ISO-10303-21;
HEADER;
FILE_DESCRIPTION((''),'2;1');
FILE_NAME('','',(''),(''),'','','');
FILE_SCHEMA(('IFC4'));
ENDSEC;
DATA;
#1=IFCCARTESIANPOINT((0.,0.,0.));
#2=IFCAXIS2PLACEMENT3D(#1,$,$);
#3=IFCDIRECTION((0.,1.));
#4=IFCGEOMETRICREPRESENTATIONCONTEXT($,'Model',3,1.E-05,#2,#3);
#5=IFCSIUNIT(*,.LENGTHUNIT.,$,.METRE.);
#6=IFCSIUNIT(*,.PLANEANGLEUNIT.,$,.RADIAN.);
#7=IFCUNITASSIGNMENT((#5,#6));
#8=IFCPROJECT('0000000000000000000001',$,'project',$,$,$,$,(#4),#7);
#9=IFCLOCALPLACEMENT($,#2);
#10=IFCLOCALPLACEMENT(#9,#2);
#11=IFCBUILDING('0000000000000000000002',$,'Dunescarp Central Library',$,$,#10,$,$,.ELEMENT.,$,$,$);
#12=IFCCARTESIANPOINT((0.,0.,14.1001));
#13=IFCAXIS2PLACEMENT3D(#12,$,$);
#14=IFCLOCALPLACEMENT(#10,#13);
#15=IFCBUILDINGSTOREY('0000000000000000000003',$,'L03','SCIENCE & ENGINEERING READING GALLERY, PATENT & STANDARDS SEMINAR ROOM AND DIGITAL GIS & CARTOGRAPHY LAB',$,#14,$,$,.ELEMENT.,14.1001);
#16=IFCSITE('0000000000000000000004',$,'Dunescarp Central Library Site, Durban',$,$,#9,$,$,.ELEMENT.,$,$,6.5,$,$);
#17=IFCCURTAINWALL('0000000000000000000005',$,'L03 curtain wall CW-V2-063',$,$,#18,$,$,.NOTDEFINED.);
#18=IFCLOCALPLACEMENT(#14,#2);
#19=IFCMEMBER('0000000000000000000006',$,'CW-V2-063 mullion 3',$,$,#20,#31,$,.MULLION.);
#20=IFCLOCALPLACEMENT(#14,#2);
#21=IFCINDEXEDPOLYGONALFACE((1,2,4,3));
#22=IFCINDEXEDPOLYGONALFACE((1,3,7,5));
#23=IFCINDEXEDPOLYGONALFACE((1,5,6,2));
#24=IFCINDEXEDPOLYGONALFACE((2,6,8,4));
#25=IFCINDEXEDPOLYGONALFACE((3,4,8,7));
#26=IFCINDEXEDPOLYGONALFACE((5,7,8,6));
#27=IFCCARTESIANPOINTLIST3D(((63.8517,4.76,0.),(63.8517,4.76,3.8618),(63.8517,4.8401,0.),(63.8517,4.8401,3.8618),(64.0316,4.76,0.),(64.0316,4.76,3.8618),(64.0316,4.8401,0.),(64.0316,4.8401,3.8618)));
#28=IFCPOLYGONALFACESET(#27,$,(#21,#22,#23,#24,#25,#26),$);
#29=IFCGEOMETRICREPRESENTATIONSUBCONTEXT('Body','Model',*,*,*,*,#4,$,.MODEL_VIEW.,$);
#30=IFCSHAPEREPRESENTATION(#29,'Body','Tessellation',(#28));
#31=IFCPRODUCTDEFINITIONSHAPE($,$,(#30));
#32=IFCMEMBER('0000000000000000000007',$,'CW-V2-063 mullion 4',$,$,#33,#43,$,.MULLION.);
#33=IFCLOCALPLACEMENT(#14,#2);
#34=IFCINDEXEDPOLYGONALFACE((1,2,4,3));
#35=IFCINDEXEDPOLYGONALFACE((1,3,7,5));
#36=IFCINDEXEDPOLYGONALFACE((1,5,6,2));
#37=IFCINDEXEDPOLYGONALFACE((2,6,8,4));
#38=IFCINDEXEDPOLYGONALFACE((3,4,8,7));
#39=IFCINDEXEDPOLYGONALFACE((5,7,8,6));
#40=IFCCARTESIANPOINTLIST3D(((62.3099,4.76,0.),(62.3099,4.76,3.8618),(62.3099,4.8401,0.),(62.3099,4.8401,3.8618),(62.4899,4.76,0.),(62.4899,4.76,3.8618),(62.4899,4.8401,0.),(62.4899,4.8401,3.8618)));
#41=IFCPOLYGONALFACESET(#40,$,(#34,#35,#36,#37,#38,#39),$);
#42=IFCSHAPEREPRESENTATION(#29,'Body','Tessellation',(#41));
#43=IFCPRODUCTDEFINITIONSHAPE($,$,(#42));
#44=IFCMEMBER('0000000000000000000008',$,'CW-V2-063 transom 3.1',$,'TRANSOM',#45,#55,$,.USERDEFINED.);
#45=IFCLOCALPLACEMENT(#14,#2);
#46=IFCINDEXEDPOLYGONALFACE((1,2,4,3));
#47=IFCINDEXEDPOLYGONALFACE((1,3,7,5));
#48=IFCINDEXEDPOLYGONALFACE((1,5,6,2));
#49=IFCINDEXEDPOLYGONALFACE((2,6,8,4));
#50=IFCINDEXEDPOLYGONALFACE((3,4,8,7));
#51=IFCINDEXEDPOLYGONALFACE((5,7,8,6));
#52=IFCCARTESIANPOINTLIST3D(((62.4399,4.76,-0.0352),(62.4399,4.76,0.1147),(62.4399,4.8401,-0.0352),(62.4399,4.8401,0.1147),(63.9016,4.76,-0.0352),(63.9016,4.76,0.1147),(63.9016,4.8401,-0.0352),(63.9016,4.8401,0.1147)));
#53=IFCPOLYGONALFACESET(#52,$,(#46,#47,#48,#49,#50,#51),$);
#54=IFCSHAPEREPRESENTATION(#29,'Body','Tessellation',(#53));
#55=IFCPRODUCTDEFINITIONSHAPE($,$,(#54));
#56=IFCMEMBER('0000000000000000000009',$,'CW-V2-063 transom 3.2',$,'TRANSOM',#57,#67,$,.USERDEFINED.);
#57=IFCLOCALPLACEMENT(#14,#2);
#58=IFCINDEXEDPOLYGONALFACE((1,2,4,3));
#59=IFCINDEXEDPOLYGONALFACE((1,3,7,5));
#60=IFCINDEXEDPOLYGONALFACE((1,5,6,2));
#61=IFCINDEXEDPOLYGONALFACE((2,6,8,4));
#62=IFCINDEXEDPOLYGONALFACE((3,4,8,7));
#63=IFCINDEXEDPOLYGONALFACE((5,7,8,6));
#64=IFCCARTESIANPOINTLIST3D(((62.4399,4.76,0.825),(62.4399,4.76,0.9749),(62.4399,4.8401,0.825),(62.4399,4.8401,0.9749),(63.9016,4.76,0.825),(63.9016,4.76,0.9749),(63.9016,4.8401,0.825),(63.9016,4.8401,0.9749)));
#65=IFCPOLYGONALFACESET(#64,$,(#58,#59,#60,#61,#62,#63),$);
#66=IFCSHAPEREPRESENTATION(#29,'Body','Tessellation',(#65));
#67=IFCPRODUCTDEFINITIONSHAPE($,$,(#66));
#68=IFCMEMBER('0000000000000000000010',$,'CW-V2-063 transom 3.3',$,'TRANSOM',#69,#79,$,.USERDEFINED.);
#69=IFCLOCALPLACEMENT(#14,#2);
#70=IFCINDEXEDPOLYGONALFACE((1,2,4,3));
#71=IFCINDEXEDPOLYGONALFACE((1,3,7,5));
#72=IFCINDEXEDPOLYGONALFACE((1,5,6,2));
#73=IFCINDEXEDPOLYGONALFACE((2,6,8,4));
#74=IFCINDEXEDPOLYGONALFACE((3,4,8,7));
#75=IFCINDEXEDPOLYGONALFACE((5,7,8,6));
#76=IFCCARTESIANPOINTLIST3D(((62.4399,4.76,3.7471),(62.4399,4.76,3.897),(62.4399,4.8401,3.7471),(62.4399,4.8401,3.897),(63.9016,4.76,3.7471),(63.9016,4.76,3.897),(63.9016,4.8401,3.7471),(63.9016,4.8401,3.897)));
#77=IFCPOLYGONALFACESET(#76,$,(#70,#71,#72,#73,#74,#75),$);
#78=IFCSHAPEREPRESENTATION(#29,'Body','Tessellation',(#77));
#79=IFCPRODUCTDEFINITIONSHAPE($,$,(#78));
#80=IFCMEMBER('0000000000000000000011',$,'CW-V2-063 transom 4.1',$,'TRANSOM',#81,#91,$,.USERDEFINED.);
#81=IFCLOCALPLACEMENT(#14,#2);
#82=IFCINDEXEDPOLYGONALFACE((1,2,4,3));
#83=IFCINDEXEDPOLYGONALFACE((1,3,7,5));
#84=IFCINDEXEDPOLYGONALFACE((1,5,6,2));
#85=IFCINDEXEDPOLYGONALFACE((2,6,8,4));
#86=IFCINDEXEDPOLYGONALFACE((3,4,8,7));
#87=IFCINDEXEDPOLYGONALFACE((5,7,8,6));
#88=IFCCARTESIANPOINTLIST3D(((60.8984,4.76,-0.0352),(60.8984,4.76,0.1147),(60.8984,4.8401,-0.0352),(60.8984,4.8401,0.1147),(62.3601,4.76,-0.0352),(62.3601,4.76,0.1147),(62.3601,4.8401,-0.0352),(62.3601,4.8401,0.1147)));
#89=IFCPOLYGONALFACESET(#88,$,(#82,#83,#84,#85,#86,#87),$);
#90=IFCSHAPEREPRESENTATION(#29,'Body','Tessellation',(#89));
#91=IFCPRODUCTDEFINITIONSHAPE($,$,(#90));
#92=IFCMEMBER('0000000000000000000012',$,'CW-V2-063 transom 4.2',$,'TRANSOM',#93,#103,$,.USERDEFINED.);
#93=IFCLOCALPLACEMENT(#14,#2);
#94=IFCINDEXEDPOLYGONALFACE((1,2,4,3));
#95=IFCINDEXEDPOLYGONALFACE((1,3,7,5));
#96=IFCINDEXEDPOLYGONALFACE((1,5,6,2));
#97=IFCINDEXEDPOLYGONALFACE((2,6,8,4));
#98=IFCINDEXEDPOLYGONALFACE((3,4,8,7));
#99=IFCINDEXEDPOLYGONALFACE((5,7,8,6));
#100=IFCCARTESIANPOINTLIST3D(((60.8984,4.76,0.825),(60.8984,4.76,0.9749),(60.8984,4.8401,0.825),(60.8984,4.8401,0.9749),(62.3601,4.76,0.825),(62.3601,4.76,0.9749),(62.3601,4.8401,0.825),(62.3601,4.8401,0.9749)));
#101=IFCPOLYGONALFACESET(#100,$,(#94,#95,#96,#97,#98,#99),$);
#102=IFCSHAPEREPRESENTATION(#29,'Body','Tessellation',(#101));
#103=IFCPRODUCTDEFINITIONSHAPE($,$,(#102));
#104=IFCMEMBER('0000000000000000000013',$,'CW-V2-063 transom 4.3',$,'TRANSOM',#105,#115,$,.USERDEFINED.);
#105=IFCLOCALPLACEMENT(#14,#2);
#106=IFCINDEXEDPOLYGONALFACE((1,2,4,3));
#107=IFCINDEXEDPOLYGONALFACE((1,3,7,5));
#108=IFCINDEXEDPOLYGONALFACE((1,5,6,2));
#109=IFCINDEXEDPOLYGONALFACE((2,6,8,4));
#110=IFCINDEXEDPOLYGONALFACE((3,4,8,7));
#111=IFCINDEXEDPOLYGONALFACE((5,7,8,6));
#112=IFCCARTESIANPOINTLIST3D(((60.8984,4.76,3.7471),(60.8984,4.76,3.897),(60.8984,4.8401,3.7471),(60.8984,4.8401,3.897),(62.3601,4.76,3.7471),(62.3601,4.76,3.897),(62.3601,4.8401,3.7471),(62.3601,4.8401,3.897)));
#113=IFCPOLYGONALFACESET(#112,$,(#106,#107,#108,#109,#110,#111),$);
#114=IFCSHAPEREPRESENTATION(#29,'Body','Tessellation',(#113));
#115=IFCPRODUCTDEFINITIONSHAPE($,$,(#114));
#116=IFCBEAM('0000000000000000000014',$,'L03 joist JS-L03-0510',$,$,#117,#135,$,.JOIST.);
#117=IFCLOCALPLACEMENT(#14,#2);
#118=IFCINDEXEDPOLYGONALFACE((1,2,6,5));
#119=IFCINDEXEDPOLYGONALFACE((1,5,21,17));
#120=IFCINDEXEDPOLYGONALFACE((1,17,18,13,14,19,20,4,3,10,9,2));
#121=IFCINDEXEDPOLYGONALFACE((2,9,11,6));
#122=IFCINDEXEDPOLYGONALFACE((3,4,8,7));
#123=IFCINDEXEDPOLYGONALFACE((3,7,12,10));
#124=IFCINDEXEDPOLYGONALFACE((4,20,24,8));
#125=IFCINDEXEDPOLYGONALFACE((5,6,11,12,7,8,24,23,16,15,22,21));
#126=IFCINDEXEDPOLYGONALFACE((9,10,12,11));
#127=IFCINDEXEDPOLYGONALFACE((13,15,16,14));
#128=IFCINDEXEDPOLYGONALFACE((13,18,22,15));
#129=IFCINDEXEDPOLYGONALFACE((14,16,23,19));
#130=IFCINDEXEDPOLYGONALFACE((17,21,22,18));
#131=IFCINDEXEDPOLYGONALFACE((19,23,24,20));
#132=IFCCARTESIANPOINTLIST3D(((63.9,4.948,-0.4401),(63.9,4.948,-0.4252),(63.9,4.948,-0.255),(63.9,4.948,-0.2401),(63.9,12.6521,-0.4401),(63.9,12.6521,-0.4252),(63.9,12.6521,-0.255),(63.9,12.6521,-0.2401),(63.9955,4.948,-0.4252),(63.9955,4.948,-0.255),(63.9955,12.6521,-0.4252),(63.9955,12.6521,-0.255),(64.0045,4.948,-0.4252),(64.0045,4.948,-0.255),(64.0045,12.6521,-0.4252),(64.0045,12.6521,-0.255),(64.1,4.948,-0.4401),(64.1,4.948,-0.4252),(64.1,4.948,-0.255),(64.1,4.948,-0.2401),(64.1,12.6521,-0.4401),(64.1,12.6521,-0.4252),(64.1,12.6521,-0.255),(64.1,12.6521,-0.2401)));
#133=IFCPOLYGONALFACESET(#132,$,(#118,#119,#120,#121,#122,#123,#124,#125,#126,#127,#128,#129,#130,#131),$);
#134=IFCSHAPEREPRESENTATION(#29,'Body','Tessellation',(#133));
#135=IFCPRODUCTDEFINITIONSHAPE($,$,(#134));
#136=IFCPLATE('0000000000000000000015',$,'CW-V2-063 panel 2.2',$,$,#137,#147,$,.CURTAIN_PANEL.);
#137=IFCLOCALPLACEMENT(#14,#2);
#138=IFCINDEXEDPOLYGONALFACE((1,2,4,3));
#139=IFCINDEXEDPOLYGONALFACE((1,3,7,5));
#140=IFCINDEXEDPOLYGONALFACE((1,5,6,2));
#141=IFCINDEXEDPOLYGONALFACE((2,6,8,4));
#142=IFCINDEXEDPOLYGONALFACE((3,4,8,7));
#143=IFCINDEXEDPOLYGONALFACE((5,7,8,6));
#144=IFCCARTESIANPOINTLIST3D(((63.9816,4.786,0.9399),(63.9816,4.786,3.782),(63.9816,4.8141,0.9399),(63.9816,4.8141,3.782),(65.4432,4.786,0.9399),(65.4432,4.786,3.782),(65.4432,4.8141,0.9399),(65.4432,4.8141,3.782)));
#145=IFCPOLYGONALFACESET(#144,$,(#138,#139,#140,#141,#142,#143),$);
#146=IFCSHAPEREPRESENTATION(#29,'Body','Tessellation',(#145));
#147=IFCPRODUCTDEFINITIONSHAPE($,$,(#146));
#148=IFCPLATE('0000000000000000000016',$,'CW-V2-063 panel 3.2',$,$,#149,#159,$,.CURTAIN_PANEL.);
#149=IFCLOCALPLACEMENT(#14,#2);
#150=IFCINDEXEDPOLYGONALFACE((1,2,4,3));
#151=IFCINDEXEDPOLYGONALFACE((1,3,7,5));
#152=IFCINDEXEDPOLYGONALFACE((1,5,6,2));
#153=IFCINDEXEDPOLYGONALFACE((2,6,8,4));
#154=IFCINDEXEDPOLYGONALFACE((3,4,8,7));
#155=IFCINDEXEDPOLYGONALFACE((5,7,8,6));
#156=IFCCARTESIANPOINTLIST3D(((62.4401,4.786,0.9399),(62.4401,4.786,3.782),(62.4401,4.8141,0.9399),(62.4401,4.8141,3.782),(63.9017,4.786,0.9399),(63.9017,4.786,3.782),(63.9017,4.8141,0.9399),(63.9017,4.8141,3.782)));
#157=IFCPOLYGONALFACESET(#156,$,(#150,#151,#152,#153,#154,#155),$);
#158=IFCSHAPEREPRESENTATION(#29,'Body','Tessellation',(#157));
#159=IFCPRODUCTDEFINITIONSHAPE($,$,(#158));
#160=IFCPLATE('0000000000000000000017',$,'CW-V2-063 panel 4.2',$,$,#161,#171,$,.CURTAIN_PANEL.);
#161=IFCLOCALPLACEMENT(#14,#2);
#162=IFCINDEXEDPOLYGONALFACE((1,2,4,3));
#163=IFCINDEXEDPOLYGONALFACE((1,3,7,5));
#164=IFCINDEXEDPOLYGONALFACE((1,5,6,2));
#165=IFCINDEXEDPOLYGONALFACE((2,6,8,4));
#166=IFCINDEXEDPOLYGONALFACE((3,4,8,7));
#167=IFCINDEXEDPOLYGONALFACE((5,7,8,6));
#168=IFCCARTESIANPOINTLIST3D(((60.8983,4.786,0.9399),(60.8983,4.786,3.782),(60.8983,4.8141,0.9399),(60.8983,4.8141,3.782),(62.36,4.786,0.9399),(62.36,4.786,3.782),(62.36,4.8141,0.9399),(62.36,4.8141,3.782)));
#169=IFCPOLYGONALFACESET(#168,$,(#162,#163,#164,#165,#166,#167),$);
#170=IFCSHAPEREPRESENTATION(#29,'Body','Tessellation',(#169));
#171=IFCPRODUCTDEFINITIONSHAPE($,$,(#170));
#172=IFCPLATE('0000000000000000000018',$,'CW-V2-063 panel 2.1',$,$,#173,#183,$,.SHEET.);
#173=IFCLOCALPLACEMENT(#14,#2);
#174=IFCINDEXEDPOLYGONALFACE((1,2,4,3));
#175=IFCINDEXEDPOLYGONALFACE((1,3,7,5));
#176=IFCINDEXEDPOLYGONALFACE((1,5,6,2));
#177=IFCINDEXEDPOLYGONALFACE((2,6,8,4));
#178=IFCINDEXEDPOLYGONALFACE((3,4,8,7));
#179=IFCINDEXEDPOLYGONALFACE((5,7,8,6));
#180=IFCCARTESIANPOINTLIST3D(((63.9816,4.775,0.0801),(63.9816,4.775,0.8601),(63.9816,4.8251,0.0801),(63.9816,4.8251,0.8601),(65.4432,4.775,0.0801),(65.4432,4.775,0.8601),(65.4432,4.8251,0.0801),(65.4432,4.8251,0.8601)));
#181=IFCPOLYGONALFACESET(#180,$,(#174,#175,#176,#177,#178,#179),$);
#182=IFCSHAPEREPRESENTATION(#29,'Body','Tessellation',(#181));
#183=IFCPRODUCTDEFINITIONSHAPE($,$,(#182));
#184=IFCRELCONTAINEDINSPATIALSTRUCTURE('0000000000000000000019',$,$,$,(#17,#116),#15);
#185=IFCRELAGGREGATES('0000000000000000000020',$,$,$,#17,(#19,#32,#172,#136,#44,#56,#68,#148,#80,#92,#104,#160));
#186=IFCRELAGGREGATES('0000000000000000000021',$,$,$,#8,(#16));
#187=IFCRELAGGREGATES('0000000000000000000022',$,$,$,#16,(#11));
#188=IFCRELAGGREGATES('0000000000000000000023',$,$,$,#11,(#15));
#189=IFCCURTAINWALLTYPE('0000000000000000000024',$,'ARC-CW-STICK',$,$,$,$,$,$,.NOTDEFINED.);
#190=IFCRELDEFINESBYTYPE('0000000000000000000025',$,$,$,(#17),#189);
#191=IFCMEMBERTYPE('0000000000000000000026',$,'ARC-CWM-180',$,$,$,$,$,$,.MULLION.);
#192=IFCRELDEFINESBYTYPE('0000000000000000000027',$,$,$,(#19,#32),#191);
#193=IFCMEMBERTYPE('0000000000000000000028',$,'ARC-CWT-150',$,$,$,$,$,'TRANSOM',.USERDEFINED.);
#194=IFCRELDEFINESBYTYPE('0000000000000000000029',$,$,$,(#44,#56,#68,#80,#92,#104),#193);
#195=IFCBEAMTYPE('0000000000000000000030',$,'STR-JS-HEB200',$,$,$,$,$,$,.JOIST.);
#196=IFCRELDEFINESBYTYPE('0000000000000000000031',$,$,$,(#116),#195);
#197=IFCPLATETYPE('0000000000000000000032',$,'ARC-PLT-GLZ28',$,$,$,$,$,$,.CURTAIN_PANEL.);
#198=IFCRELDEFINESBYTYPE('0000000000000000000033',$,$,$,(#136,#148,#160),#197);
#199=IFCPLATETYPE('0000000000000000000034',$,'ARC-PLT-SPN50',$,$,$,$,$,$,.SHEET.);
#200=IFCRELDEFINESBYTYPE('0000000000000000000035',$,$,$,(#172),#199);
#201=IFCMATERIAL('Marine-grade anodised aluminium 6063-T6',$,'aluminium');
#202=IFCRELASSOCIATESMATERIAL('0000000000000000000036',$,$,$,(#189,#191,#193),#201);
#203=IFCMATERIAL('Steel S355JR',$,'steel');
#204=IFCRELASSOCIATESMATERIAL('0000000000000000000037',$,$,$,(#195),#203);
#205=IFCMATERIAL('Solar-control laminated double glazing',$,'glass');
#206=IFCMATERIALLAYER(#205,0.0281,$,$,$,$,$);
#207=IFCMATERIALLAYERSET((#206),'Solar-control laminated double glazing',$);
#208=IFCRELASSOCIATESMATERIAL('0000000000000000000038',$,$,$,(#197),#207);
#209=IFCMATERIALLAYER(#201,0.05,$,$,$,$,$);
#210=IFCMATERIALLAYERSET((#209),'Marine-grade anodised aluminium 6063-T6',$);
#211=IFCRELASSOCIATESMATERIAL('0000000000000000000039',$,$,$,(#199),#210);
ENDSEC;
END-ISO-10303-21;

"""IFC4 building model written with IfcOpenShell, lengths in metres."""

from ifc_helpers import new_model, si_unit, direction, frame, origin, origin_2d, place, context, subcontext, project, spatial, rectangle, i_section, extrude, material, layer, layer_set, material_profile, profile_set, type_object, element, aggregate, save


model = new_model("IFC4")

# Units and contexts
model_context = context("Model", 3, precision=1e-05, world=origin(), true_north=direction((0.0, 1.0)))
body_context = subcontext(model_context, "Body", "Model", "MODEL_VIEW")
ifc_project = project(units=[si_unit("LENGTHUNIT", "METRE"), si_unit("PLANEANGLEUNIT", "RADIAN")], contexts=[model_context])

# Site, building, storey
site_placement = place(None, origin())
site = spatial("IfcSite", under=ifc_project, at=site_placement, Name="Dunescarp Central Library Site, Durban", CompositionType="ELEMENT", RefElevation=6.5)
building_placement = place(site_placement, origin())
building = spatial("IfcBuilding", under=site, at=building_placement, Name="Dunescarp Central Library", CompositionType="ELEMENT")
storey_placement = place(building_placement, frame((0.0, 0.0, 14.1001)))
storey = spatial("IfcBuildingStorey", under=building, at=storey_placement, Name="L03", Description="SCIENCE & ENGINEERING READING GALLERY, PATENT & STANDARDS SEMINAR ROOM AND DIGITAL GIS & CARTOGRAPHY LAB", CompositionType="ELEMENT", Elevation=14.1001)

# Curtain wall, members
ifc_material_1 = material(Name="Marine-grade anodised aluminium 6063-T6", Category="aluminium")
curtain_wall_type = type_object("IfcCurtainWallType", Name="ARC-CW-STICK", PredefinedType="NOTDEFINED", material=ifc_material_1)
curtain_wall_placement = place(storey_placement, origin())
curtain_wall = element("IfcCurtainWall", 1, at=curtain_wall_placement, inside=storey, type_object=curtain_wall_type, Name="L03 curtain wall CW-V2-063", PredefinedType="NOTDEFINED")
ifc_material_profile_1 = material_profile(ifc_material_1, rectangle(XDim=0.0801, YDim=0.1799, at=origin_2d()), Name="AL 80x180")
ifc_profile_set_1 = profile_set([ifc_material_profile_1], Name="Marine-grade anodised aluminium 6063-T6")
member_type_1 = type_object("IfcMemberType", Name="ARC-CWM-180", PredefinedType="MULLION", material=ifc_profile_set_1)
member_1_placement = place(storey_placement, frame((63.9417, 4.8, 0.0), z_axis=(0.0, 0.0, 1.0), x_axis=(0.0, -1.0, 0.0)))
member_1 = element("IfcMember", 2, at=member_1_placement, type_object=member_type_1, Name="CW-V2-063 mullion 3", PredefinedType="MULLION", context=body_context, shape_type="SweptSolid", body=[
    extrude(rectangle(XDim=0.0801, YDim=0.1799, at=origin_2d()), origin(), (0.0, 0.0, 1.0), 3.8618),
])
member_2_placement = place(storey_placement, frame((62.3999, 4.8, 0.0), z_axis=(0.0, 0.0, 1.0), x_axis=(0.0, -1.0, 0.0)))
member_2 = element("IfcMember", 3, at=member_2_placement, type_object=member_type_1, Name="CW-V2-063 mullion 4", PredefinedType="MULLION", context=body_context, shape_type="SweptSolid", body=[
    extrude(rectangle(XDim=0.0801, YDim=0.1799, at=origin_2d()), origin(), (0.0, 0.0, 1.0), 3.8618),
])
ifc_material_profile_2 = material_profile(ifc_material_1, rectangle(XDim=0.0801, YDim=0.1499, at=origin_2d()), Name="AL 80x150")
ifc_profile_set_2 = profile_set([ifc_material_profile_2], Name="Marine-grade anodised aluminium 6063-T6")
member_type_2 = type_object("IfcMemberType", Name="ARC-CWT-150", ElementType="TRANSOM", PredefinedType="USERDEFINED", material=ifc_profile_set_2)
member_3_placement = place(storey_placement, frame((63.9016, 4.8, 0.0398), z_axis=(-1.0, 0.0, 0.0), x_axis=(0.0, -1.0, 0.0)))
member_3 = element("IfcMember", 4, at=member_3_placement, type_object=member_type_2, Name="CW-V2-063 transom 3.1", ObjectType="TRANSOM", PredefinedType="USERDEFINED", context=body_context, shape_type="SweptSolid", body=[
    extrude(rectangle(XDim=0.0801, YDim=0.1499, at=origin_2d()), origin(), (0.0, 0.0, 1.0), 1.4617),
])
member_4_placement = place(storey_placement, frame((63.9016, 4.8, 0.8999), z_axis=(-1.0, 0.0, 0.0), x_axis=(0.0, -1.0, 0.0)))
member_4 = element("IfcMember", 5, at=member_4_placement, type_object=member_type_2, Name="CW-V2-063 transom 3.2", ObjectType="TRANSOM", PredefinedType="USERDEFINED", context=body_context, shape_type="SweptSolid", body=[
    extrude(rectangle(XDim=0.0801, YDim=0.1499, at=origin_2d()), origin(), (0.0, 0.0, 1.0), 1.4617),
])
member_5_placement = place(storey_placement, frame((63.9016, 4.8, 3.822), z_axis=(-1.0, 0.0, 0.0), x_axis=(0.0, -1.0, 0.0)))
member_5 = element("IfcMember", 6, at=member_5_placement, type_object=member_type_2, Name="CW-V2-063 transom 3.3", ObjectType="TRANSOM", PredefinedType="USERDEFINED", context=body_context, shape_type="SweptSolid", body=[
    extrude(rectangle(XDim=0.0801, YDim=0.1499, at=origin_2d()), origin(), (0.0, 0.0, 1.0), 1.4617),
])
member_6_placement = place(storey_placement, frame((62.3601, 4.8, 0.0398), z_axis=(-1.0, 0.0, 0.0), x_axis=(0.0, -1.0, 0.0)))
member_6 = element("IfcMember", 7, at=member_6_placement, type_object=member_type_2, Name="CW-V2-063 transom 4.1", ObjectType="TRANSOM", PredefinedType="USERDEFINED", context=body_context, shape_type="SweptSolid", body=[
    extrude(rectangle(XDim=0.0801, YDim=0.1499, at=origin_2d()), origin(), (0.0, 0.0, 1.0), 1.4617),
])
member_7_placement = place(storey_placement, frame((62.3601, 4.8, 0.8999), z_axis=(-1.0, 0.0, 0.0), x_axis=(0.0, -1.0, 0.0)))
member_7 = element("IfcMember", 8, at=member_7_placement, type_object=member_type_2, Name="CW-V2-063 transom 4.2", ObjectType="TRANSOM", PredefinedType="USERDEFINED", context=body_context, shape_type="SweptSolid", body=[
    extrude(rectangle(XDim=0.0801, YDim=0.1499, at=origin_2d()), origin(), (0.0, 0.0, 1.0), 1.4617),
])
member_8_placement = place(storey_placement, frame((62.3601, 4.8, 3.822), z_axis=(-1.0, 0.0, 0.0), x_axis=(0.0, -1.0, 0.0)))
member_8 = element("IfcMember", 9, at=member_8_placement, type_object=member_type_2, Name="CW-V2-063 transom 4.3", ObjectType="TRANSOM", PredefinedType="USERDEFINED", context=body_context, shape_type="SweptSolid", body=[
    extrude(rectangle(XDim=0.0801, YDim=0.1499, at=origin_2d()), origin(), (0.0, 0.0, 1.0), 1.4617),
])

# Beam
ifc_material_2 = material(Name="Steel S355JR", Category="steel")
ifc_material_profile_3 = material_profile(ifc_material_2, i_section(OverallWidth=0.2, OverallDepth=0.2, WebThickness=0.009, FlangeThickness=0.0149, at=origin_2d()), Name="HEB 200")
ifc_profile_set_3 = profile_set([ifc_material_profile_3], Name="Steel S355JR")
beam_type = type_object("IfcBeamType", Name="STR-JS-HEB200", PredefinedType="JOIST", material=ifc_profile_set_3)
beam_placement = place(storey_placement, frame((64.0, 4.948, -0.3401), z_axis=(0.0, 1.0, 0.0), x_axis=(-1.0, 0.0, 0.0)))
element("IfcBeam", 10, at=beam_placement, inside=storey, type_object=beam_type, Name="L03 joist JS-L03-0510", PredefinedType="JOIST", context=body_context, shape_type="SweptSolid", body=[
    extrude(i_section(OverallWidth=0.2, OverallDepth=0.2, WebThickness=0.009, FlangeThickness=0.0149, at=origin_2d()), origin(), (0.0, 0.0, 1.0), 7.7041),
])

# Plates
ifc_material_3 = material(Name="Solar-control laminated double glazing", Category="glass")
ifc_layer_1 = layer(ifc_material_3, 0.0281)
ifc_layer_set_1 = layer_set([ifc_layer_1], Name="Solar-control laminated double glazing")
plate_type_1 = type_object("IfcPlateType", Name="ARC-PLT-GLZ28", PredefinedType="CURTAIN_PANEL", material=ifc_layer_set_1)
plate_1_placement = place(storey_placement, frame((64.7124, 4.8, 0.9399), z_axis=(0.0, 0.0, 1.0), x_axis=(-1.0, 0.0, 0.0)))
plate_1 = element("IfcPlate", 11, at=plate_1_placement, type_object=plate_type_1, Name="CW-V2-063 panel 2.2", PredefinedType="CURTAIN_PANEL", context=body_context, shape_type="SweptSolid", body=[
    extrude(rectangle(XDim=1.4617, YDim=0.0281, at=origin_2d()), origin(), (0.0, 0.0, 1.0), 2.842),
])
plate_2_placement = place(storey_placement, frame((63.1709, 4.8, 0.9399), z_axis=(0.0, 0.0, 1.0), x_axis=(-1.0, 0.0, 0.0)))
plate_2 = element("IfcPlate", 12, at=plate_2_placement, type_object=plate_type_1, Name="CW-V2-063 panel 3.2", PredefinedType="CURTAIN_PANEL", context=body_context, shape_type="SweptSolid", body=[
    extrude(rectangle(XDim=1.4617, YDim=0.0281, at=origin_2d()), origin(), (0.0, 0.0, 1.0), 2.842),
])
plate_3_placement = place(storey_placement, frame((61.6292, 4.8, 0.9399), z_axis=(0.0, 0.0, 1.0), x_axis=(-1.0, 0.0, 0.0)))
plate_3 = element("IfcPlate", 13, at=plate_3_placement, type_object=plate_type_1, Name="CW-V2-063 panel 4.2", PredefinedType="CURTAIN_PANEL", context=body_context, shape_type="SweptSolid", body=[
    extrude(rectangle(XDim=1.4617, YDim=0.0281, at=origin_2d()), origin(), (0.0, 0.0, 1.0), 2.842),
])
ifc_layer_2 = layer(ifc_material_1, 0.05)
ifc_layer_set_2 = layer_set([ifc_layer_2], Name="Marine-grade anodised aluminium 6063-T6")
plate_type_2 = type_object("IfcPlateType", Name="ARC-PLT-SPN50", PredefinedType="SHEET", material=ifc_layer_set_2)
plate_4_placement = place(storey_placement, frame((64.7124, 4.8, 0.0801), z_axis=(0.0, 0.0, 1.0), x_axis=(-1.0, 0.0, 0.0)))
plate_4 = element("IfcPlate", 14, at=plate_4_placement, type_object=plate_type_2, Name="CW-V2-063 panel 2.1", PredefinedType="SHEET", context=body_context, shape_type="SweptSolid", body=[
    extrude(rectangle(XDim=1.4617, YDim=0.05, at=origin_2d()), origin(), (0.0, 0.0, 1.0), 0.78),
])
aggregate(curtain_wall, [member_1, member_2, plate_4, plate_1, member_3, member_4, member_5, plate_2, member_6, member_7, member_8, plate_3])

save(model, "model.ifc")
